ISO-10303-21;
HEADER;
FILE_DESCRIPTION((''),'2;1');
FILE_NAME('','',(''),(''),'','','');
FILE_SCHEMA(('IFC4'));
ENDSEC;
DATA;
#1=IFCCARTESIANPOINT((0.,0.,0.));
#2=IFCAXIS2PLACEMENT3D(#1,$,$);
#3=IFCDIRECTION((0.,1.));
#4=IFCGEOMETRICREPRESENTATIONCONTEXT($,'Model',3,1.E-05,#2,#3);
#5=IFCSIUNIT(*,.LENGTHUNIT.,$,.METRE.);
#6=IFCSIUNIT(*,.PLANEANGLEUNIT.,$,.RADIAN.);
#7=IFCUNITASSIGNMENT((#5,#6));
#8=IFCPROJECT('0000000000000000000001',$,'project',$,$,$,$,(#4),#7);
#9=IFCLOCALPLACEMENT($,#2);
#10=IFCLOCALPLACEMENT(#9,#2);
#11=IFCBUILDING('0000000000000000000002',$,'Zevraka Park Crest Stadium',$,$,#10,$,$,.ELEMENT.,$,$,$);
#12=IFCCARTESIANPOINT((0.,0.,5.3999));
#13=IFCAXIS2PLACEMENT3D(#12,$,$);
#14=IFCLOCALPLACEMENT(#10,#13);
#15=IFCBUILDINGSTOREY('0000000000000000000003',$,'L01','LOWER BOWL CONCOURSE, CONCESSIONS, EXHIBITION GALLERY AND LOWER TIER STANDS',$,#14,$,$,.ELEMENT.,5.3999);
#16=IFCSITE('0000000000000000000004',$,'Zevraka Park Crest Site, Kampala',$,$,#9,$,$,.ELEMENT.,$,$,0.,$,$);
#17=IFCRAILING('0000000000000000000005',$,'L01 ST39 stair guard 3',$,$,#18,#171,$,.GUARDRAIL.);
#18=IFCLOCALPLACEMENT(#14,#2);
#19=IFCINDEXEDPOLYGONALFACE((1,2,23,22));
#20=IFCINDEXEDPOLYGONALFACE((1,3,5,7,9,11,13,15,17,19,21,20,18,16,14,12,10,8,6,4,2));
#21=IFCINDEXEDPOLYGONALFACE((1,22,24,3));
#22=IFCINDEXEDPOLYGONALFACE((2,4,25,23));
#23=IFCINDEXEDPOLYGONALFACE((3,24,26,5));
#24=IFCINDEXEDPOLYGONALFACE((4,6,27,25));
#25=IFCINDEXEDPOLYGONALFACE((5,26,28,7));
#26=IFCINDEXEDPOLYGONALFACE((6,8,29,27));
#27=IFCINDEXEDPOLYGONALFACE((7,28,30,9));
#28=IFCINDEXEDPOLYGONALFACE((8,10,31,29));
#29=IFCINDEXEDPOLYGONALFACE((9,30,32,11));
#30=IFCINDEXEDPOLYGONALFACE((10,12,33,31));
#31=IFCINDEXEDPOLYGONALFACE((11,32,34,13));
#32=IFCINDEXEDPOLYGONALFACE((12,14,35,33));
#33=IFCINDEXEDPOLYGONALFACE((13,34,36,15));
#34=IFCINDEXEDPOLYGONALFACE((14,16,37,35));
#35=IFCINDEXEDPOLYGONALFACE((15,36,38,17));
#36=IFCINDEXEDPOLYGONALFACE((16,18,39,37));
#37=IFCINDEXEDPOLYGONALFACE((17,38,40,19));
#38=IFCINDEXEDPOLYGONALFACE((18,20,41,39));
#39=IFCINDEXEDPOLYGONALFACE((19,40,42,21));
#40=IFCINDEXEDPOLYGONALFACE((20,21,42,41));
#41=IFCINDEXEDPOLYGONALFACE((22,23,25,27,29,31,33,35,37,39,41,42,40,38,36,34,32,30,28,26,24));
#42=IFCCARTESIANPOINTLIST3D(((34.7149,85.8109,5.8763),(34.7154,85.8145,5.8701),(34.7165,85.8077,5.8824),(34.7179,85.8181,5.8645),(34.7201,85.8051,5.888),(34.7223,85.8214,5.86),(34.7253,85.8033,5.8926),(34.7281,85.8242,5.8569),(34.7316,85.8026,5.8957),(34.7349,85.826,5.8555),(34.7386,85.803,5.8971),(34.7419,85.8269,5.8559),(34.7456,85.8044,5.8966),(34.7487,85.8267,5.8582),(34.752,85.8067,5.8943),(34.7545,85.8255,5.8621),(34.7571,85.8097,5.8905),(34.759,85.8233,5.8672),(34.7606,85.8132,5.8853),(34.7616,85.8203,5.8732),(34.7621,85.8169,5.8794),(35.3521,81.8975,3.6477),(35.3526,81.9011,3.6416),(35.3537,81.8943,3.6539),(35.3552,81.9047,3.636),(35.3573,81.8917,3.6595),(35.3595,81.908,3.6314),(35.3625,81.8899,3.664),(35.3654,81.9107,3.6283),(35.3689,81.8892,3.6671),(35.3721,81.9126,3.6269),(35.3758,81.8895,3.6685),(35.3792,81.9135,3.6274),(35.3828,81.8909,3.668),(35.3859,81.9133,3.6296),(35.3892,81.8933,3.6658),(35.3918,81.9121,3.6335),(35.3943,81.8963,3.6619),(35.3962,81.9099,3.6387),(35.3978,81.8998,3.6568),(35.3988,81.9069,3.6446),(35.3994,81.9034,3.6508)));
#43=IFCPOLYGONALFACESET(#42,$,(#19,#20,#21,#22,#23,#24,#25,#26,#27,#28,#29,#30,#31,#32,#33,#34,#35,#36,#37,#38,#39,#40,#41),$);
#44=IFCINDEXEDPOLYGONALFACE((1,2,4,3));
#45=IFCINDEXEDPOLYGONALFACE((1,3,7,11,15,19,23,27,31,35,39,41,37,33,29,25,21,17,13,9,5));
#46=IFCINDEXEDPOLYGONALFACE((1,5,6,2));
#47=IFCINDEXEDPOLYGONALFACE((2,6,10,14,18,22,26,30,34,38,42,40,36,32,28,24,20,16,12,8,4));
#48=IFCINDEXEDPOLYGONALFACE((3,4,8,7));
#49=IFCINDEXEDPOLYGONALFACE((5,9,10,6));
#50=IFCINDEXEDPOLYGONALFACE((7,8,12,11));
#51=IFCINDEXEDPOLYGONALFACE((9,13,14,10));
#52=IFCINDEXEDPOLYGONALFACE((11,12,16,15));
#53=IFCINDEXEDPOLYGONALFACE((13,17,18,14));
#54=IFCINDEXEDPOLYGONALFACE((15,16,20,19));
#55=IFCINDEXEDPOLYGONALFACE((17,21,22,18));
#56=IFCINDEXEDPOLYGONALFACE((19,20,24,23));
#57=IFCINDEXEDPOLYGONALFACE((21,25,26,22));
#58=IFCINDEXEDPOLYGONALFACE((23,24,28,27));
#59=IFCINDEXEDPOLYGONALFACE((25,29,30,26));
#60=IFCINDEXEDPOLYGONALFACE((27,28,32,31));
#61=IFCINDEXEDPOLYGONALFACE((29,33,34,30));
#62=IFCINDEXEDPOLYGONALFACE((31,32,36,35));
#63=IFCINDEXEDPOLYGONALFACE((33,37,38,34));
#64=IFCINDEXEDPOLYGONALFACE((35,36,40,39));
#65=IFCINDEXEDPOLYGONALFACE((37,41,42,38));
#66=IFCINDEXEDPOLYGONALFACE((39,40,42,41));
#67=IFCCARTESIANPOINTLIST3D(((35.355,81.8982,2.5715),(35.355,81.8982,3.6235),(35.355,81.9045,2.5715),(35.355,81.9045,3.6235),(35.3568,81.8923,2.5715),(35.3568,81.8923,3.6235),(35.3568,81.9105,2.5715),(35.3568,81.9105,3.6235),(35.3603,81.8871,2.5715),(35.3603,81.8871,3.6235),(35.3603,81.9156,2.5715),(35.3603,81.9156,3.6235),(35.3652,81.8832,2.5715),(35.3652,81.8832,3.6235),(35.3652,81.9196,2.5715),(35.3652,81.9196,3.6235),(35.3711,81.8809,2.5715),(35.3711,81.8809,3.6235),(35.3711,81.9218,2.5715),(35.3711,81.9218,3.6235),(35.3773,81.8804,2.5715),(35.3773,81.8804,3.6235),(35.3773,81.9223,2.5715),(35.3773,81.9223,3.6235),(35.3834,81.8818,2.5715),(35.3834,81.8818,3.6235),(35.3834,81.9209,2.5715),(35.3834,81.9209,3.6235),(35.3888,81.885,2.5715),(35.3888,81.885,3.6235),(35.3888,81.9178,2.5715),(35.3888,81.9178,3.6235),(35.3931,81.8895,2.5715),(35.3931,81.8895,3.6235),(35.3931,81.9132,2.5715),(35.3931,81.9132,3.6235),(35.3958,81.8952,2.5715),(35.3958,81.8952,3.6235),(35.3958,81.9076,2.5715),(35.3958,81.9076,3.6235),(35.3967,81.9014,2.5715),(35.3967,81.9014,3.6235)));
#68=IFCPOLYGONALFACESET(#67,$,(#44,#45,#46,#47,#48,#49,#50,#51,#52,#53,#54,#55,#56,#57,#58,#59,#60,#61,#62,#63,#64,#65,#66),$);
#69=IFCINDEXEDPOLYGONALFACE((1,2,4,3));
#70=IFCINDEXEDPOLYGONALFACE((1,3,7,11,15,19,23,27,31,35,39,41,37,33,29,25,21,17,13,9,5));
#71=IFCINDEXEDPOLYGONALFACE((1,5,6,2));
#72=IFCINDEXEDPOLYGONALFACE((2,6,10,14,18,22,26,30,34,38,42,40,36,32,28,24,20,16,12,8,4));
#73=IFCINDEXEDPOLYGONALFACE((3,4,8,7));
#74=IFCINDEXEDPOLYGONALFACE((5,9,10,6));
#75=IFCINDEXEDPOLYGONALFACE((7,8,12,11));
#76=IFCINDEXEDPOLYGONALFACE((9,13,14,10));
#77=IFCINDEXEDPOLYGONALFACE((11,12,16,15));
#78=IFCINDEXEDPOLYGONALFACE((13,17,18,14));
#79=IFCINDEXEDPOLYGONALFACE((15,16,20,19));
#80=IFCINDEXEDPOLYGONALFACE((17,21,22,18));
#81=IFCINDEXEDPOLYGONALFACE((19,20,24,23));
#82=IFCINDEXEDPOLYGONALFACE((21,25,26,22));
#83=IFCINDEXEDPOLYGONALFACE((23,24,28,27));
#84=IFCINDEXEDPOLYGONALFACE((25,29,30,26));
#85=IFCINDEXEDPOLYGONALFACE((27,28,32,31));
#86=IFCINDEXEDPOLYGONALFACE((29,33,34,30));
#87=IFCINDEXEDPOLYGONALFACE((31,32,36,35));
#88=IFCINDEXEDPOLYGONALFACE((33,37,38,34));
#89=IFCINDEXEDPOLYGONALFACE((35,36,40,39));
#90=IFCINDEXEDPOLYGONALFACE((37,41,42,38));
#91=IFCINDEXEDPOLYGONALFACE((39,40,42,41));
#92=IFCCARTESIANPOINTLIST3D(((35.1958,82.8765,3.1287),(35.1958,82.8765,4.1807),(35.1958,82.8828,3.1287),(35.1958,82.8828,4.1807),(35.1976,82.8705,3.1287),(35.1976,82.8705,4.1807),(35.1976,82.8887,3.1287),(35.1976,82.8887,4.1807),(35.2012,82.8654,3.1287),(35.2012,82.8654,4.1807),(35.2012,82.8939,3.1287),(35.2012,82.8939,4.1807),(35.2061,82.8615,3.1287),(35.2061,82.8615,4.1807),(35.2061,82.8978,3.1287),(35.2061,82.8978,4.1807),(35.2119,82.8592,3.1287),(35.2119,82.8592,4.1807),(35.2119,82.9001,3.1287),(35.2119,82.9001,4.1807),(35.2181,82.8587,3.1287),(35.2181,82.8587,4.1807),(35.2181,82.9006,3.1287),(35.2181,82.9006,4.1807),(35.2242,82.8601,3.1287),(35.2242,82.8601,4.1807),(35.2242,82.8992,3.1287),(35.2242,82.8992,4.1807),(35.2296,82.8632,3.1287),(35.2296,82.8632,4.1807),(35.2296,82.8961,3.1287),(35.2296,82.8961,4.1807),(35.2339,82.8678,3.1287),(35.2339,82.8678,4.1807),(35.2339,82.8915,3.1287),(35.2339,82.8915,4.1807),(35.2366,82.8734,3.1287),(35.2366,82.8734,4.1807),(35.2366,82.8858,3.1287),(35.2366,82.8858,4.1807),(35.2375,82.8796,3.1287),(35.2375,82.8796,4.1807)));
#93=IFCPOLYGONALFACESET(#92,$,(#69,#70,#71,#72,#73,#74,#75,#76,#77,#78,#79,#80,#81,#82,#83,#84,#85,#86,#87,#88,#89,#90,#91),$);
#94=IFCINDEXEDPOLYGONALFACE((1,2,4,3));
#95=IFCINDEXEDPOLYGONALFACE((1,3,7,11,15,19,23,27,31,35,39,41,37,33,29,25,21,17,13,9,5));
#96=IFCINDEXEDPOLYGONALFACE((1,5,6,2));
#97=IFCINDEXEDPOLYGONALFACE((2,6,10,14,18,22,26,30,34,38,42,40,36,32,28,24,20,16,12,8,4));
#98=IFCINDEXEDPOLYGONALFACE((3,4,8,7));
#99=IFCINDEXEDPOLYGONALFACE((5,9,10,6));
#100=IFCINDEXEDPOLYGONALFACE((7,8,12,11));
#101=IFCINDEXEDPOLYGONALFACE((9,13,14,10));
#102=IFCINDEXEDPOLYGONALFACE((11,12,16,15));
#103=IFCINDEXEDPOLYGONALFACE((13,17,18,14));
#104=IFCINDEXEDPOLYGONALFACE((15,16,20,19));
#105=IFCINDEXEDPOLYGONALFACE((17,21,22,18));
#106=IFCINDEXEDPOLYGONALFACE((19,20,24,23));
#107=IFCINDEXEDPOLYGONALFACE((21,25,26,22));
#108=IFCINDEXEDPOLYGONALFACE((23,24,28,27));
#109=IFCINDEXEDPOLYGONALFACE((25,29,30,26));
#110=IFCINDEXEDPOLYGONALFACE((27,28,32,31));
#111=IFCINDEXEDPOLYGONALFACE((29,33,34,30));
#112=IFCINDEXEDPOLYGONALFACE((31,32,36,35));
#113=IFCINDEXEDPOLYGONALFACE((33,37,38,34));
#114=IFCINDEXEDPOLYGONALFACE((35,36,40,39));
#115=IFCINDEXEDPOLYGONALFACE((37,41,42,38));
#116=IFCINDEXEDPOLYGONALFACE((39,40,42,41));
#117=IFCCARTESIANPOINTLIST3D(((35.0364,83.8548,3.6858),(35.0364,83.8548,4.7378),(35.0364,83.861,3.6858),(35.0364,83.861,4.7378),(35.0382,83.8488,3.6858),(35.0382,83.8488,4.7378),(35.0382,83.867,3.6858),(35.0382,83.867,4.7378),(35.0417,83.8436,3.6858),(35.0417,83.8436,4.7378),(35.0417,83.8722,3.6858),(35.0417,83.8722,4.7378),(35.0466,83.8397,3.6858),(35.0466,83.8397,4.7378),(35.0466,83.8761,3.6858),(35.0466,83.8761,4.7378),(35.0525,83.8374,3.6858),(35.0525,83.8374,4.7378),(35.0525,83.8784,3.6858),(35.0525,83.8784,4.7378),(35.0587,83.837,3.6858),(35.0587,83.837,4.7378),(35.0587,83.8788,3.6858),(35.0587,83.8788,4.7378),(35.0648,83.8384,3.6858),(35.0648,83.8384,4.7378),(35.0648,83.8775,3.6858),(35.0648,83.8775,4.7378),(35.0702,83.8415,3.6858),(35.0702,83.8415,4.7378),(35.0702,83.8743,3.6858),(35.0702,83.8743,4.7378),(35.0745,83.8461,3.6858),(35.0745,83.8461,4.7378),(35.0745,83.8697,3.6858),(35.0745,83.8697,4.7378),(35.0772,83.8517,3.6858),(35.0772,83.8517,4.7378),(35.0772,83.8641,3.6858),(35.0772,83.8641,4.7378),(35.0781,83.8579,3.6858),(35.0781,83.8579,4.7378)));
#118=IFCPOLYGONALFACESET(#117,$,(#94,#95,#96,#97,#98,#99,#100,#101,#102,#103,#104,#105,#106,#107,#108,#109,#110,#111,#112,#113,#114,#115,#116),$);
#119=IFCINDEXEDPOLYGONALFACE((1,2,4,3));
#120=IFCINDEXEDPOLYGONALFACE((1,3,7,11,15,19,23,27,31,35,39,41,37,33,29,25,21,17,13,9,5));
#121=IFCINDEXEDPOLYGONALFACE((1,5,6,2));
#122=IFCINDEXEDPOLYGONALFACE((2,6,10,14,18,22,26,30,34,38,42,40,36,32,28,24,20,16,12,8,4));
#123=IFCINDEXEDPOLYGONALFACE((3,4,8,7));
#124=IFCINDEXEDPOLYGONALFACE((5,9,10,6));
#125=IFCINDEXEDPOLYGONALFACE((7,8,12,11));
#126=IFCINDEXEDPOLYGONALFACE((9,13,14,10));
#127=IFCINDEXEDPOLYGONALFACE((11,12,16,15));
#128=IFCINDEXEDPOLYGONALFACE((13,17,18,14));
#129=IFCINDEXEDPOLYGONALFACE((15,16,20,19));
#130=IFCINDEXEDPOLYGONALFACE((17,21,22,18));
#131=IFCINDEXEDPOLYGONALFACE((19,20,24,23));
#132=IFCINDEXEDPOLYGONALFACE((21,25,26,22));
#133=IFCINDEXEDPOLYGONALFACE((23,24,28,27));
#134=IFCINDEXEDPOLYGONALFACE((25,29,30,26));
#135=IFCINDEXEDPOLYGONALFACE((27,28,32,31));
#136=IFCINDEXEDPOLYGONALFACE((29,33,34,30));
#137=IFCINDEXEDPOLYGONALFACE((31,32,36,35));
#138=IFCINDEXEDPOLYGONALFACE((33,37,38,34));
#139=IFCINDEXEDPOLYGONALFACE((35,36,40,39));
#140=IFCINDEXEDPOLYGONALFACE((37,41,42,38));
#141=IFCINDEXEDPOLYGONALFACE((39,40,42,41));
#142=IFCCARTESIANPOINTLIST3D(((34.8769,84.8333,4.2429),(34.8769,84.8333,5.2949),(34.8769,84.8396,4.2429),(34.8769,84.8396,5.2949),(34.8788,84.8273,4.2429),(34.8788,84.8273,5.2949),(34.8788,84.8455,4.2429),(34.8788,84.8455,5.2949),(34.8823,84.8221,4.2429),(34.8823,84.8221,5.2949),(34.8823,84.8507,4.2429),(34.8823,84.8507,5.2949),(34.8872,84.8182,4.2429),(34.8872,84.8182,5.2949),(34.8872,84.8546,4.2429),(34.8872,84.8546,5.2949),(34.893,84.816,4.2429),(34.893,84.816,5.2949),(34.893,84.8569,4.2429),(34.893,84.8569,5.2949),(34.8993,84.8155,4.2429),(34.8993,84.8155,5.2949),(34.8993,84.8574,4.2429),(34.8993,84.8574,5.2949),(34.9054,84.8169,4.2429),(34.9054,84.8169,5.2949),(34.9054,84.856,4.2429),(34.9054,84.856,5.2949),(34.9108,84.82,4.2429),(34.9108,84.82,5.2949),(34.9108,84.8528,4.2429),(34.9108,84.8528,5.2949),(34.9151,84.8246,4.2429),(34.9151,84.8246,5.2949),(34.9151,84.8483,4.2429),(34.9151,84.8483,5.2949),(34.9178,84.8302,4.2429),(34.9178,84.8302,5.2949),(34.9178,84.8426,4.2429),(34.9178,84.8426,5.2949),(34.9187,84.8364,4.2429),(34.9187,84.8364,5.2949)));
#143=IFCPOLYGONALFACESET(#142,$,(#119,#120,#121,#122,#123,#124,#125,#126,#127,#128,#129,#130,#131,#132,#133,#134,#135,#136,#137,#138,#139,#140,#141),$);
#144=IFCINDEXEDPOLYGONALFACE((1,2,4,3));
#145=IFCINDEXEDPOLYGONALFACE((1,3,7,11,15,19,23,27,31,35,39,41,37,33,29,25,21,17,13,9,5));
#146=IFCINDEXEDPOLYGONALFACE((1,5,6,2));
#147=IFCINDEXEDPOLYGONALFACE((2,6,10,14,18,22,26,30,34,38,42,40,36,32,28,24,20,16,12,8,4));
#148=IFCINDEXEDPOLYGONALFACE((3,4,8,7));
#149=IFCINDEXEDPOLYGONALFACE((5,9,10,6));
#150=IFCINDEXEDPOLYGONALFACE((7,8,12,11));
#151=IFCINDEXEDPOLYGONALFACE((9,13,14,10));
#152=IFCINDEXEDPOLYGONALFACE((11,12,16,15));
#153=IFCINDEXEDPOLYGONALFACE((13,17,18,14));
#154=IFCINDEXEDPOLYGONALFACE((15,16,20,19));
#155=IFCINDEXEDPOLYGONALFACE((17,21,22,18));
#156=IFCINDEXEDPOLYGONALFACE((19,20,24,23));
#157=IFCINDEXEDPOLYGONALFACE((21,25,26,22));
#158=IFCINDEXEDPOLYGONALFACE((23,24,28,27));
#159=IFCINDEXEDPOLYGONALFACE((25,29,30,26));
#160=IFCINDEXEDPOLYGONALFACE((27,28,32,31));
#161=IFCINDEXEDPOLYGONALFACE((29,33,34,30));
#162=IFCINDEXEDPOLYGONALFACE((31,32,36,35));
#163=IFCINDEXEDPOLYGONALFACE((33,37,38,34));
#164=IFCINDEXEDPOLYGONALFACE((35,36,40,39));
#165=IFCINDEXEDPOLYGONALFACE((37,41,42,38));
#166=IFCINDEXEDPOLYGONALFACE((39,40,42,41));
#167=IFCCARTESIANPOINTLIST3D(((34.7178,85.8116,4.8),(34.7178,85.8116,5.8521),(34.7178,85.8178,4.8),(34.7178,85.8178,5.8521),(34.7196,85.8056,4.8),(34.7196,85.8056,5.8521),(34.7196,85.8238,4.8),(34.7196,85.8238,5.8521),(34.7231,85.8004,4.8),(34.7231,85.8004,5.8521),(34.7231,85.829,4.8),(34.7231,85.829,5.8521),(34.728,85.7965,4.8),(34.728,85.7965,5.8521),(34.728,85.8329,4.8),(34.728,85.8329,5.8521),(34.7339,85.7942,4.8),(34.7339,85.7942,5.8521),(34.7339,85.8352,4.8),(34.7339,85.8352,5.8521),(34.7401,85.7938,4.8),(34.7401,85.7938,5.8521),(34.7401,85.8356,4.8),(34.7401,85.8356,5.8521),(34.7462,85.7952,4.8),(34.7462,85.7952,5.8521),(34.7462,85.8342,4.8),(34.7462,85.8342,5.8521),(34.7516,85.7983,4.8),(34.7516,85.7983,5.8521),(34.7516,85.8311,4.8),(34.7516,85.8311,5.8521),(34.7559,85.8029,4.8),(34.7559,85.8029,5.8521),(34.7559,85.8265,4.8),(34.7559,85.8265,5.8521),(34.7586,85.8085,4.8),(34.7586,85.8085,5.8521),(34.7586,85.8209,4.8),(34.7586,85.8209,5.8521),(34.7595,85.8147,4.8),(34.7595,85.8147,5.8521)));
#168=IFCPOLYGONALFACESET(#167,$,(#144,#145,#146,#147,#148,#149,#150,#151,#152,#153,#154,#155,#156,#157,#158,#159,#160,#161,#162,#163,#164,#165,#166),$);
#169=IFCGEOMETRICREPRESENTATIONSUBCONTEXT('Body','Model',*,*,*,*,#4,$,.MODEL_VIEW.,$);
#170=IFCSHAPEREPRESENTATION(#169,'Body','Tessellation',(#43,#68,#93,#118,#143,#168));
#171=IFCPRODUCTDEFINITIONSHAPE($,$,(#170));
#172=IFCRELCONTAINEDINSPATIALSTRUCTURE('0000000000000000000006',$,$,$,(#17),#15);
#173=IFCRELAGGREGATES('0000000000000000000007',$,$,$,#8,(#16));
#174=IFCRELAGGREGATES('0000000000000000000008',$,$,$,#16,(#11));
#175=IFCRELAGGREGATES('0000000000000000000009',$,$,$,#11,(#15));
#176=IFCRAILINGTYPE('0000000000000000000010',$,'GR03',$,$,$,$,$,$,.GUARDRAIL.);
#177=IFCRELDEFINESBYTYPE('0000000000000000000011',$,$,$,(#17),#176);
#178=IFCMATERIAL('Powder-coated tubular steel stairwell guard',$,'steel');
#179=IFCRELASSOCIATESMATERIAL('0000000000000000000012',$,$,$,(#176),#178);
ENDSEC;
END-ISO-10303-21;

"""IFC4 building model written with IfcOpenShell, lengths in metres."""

from ifc_helpers import new_model, si_unit, direction, frame, origin, origin_2d, place, context, subcontext, project, spatial, circle, extrude, material, type_object, element, save


model = new_model("IFC4")

# Units and contexts
model_context = context("Model", 3, precision=1e-05, world=origin(), true_north=direction((0.0, 1.0)))
body_context = subcontext(model_context, "Body", "Model", "MODEL_VIEW")
ifc_project = project(units=[si_unit("LENGTHUNIT", "METRE"), si_unit("PLANEANGLEUNIT", "RADIAN")], contexts=[model_context])

# Site, building, storey
site_placement = place(None, origin())
site = spatial("IfcSite", under=ifc_project, at=site_placement, Name="Zevraka Park Crest Site, Kampala", CompositionType="ELEMENT", RefElevation=0.0)
building_placement = place(site_placement, origin())
building = spatial("IfcBuilding", under=site, at=building_placement, Name="Zevraka Park Crest Stadium", CompositionType="ELEMENT")
storey_placement = place(building_placement, frame((0.0, 0.0, 5.3999)))
storey = spatial("IfcBuildingStorey", under=building, at=storey_placement, Name="L01", Description="LOWER BOWL CONCOURSE, CONCESSIONS, EXHIBITION GALLERY AND LOWER TIER STANDS", CompositionType="ELEMENT", Elevation=5.3999)

# Railing
ifc_material_1 = material(Name="Powder-coated tubular steel stairwell guard", Category="steel")
railing_type_1 = type_object("IfcRailingType", Name="GR03", PredefinedType="GUARDRAIL", material=ifc_material_1)
railing_1_placement = place(storey_placement, frame((35.3757, 81.9014, 2.5715)))
element("IfcRailing", 1, at=railing_1_placement, inside=storey, type_object=railing_type_1, Name="L01 ST39 stair guard 3", PredefinedType="GUARDRAIL", context=body_context, shape_type="SweptSolid", body=[
    extrude(circle(Radius=0.0239, at=origin_2d()), frame((0.0, 0.0, 1.0762), z_axis=(-0.1401, 0.860406, 0.489973), x_axis=(-0.987001, -0.160713, 0.0)), (0.0, 0.0, 1.0), 4.5483),
    extrude(circle(Radius=0.021, at=origin_2d()), origin(), (0.0, 0.0, 1.0), 1.052),
    extrude(circle(Radius=0.021, at=origin_2d()), frame((-0.1592, 0.9783, 0.5571)), (0.0, 0.0, 1.0), 1.052),
    extrude(circle(Radius=0.021, at=origin_2d()), frame((-0.3186, 1.9565, 1.1143)), (0.0, 0.0, 1.0), 1.052),
    extrude(circle(Radius=0.021, at=origin_2d()), frame((-0.478, 2.9351, 1.6714)), (0.0, 0.0, 1.0), 1.052),
    extrude(circle(Radius=0.021, at=origin_2d()), frame((-0.6372, 3.9133, 2.2285)), (0.0, 0.0, 1.0), 1.052),
])

save(model, "model.ifc")
